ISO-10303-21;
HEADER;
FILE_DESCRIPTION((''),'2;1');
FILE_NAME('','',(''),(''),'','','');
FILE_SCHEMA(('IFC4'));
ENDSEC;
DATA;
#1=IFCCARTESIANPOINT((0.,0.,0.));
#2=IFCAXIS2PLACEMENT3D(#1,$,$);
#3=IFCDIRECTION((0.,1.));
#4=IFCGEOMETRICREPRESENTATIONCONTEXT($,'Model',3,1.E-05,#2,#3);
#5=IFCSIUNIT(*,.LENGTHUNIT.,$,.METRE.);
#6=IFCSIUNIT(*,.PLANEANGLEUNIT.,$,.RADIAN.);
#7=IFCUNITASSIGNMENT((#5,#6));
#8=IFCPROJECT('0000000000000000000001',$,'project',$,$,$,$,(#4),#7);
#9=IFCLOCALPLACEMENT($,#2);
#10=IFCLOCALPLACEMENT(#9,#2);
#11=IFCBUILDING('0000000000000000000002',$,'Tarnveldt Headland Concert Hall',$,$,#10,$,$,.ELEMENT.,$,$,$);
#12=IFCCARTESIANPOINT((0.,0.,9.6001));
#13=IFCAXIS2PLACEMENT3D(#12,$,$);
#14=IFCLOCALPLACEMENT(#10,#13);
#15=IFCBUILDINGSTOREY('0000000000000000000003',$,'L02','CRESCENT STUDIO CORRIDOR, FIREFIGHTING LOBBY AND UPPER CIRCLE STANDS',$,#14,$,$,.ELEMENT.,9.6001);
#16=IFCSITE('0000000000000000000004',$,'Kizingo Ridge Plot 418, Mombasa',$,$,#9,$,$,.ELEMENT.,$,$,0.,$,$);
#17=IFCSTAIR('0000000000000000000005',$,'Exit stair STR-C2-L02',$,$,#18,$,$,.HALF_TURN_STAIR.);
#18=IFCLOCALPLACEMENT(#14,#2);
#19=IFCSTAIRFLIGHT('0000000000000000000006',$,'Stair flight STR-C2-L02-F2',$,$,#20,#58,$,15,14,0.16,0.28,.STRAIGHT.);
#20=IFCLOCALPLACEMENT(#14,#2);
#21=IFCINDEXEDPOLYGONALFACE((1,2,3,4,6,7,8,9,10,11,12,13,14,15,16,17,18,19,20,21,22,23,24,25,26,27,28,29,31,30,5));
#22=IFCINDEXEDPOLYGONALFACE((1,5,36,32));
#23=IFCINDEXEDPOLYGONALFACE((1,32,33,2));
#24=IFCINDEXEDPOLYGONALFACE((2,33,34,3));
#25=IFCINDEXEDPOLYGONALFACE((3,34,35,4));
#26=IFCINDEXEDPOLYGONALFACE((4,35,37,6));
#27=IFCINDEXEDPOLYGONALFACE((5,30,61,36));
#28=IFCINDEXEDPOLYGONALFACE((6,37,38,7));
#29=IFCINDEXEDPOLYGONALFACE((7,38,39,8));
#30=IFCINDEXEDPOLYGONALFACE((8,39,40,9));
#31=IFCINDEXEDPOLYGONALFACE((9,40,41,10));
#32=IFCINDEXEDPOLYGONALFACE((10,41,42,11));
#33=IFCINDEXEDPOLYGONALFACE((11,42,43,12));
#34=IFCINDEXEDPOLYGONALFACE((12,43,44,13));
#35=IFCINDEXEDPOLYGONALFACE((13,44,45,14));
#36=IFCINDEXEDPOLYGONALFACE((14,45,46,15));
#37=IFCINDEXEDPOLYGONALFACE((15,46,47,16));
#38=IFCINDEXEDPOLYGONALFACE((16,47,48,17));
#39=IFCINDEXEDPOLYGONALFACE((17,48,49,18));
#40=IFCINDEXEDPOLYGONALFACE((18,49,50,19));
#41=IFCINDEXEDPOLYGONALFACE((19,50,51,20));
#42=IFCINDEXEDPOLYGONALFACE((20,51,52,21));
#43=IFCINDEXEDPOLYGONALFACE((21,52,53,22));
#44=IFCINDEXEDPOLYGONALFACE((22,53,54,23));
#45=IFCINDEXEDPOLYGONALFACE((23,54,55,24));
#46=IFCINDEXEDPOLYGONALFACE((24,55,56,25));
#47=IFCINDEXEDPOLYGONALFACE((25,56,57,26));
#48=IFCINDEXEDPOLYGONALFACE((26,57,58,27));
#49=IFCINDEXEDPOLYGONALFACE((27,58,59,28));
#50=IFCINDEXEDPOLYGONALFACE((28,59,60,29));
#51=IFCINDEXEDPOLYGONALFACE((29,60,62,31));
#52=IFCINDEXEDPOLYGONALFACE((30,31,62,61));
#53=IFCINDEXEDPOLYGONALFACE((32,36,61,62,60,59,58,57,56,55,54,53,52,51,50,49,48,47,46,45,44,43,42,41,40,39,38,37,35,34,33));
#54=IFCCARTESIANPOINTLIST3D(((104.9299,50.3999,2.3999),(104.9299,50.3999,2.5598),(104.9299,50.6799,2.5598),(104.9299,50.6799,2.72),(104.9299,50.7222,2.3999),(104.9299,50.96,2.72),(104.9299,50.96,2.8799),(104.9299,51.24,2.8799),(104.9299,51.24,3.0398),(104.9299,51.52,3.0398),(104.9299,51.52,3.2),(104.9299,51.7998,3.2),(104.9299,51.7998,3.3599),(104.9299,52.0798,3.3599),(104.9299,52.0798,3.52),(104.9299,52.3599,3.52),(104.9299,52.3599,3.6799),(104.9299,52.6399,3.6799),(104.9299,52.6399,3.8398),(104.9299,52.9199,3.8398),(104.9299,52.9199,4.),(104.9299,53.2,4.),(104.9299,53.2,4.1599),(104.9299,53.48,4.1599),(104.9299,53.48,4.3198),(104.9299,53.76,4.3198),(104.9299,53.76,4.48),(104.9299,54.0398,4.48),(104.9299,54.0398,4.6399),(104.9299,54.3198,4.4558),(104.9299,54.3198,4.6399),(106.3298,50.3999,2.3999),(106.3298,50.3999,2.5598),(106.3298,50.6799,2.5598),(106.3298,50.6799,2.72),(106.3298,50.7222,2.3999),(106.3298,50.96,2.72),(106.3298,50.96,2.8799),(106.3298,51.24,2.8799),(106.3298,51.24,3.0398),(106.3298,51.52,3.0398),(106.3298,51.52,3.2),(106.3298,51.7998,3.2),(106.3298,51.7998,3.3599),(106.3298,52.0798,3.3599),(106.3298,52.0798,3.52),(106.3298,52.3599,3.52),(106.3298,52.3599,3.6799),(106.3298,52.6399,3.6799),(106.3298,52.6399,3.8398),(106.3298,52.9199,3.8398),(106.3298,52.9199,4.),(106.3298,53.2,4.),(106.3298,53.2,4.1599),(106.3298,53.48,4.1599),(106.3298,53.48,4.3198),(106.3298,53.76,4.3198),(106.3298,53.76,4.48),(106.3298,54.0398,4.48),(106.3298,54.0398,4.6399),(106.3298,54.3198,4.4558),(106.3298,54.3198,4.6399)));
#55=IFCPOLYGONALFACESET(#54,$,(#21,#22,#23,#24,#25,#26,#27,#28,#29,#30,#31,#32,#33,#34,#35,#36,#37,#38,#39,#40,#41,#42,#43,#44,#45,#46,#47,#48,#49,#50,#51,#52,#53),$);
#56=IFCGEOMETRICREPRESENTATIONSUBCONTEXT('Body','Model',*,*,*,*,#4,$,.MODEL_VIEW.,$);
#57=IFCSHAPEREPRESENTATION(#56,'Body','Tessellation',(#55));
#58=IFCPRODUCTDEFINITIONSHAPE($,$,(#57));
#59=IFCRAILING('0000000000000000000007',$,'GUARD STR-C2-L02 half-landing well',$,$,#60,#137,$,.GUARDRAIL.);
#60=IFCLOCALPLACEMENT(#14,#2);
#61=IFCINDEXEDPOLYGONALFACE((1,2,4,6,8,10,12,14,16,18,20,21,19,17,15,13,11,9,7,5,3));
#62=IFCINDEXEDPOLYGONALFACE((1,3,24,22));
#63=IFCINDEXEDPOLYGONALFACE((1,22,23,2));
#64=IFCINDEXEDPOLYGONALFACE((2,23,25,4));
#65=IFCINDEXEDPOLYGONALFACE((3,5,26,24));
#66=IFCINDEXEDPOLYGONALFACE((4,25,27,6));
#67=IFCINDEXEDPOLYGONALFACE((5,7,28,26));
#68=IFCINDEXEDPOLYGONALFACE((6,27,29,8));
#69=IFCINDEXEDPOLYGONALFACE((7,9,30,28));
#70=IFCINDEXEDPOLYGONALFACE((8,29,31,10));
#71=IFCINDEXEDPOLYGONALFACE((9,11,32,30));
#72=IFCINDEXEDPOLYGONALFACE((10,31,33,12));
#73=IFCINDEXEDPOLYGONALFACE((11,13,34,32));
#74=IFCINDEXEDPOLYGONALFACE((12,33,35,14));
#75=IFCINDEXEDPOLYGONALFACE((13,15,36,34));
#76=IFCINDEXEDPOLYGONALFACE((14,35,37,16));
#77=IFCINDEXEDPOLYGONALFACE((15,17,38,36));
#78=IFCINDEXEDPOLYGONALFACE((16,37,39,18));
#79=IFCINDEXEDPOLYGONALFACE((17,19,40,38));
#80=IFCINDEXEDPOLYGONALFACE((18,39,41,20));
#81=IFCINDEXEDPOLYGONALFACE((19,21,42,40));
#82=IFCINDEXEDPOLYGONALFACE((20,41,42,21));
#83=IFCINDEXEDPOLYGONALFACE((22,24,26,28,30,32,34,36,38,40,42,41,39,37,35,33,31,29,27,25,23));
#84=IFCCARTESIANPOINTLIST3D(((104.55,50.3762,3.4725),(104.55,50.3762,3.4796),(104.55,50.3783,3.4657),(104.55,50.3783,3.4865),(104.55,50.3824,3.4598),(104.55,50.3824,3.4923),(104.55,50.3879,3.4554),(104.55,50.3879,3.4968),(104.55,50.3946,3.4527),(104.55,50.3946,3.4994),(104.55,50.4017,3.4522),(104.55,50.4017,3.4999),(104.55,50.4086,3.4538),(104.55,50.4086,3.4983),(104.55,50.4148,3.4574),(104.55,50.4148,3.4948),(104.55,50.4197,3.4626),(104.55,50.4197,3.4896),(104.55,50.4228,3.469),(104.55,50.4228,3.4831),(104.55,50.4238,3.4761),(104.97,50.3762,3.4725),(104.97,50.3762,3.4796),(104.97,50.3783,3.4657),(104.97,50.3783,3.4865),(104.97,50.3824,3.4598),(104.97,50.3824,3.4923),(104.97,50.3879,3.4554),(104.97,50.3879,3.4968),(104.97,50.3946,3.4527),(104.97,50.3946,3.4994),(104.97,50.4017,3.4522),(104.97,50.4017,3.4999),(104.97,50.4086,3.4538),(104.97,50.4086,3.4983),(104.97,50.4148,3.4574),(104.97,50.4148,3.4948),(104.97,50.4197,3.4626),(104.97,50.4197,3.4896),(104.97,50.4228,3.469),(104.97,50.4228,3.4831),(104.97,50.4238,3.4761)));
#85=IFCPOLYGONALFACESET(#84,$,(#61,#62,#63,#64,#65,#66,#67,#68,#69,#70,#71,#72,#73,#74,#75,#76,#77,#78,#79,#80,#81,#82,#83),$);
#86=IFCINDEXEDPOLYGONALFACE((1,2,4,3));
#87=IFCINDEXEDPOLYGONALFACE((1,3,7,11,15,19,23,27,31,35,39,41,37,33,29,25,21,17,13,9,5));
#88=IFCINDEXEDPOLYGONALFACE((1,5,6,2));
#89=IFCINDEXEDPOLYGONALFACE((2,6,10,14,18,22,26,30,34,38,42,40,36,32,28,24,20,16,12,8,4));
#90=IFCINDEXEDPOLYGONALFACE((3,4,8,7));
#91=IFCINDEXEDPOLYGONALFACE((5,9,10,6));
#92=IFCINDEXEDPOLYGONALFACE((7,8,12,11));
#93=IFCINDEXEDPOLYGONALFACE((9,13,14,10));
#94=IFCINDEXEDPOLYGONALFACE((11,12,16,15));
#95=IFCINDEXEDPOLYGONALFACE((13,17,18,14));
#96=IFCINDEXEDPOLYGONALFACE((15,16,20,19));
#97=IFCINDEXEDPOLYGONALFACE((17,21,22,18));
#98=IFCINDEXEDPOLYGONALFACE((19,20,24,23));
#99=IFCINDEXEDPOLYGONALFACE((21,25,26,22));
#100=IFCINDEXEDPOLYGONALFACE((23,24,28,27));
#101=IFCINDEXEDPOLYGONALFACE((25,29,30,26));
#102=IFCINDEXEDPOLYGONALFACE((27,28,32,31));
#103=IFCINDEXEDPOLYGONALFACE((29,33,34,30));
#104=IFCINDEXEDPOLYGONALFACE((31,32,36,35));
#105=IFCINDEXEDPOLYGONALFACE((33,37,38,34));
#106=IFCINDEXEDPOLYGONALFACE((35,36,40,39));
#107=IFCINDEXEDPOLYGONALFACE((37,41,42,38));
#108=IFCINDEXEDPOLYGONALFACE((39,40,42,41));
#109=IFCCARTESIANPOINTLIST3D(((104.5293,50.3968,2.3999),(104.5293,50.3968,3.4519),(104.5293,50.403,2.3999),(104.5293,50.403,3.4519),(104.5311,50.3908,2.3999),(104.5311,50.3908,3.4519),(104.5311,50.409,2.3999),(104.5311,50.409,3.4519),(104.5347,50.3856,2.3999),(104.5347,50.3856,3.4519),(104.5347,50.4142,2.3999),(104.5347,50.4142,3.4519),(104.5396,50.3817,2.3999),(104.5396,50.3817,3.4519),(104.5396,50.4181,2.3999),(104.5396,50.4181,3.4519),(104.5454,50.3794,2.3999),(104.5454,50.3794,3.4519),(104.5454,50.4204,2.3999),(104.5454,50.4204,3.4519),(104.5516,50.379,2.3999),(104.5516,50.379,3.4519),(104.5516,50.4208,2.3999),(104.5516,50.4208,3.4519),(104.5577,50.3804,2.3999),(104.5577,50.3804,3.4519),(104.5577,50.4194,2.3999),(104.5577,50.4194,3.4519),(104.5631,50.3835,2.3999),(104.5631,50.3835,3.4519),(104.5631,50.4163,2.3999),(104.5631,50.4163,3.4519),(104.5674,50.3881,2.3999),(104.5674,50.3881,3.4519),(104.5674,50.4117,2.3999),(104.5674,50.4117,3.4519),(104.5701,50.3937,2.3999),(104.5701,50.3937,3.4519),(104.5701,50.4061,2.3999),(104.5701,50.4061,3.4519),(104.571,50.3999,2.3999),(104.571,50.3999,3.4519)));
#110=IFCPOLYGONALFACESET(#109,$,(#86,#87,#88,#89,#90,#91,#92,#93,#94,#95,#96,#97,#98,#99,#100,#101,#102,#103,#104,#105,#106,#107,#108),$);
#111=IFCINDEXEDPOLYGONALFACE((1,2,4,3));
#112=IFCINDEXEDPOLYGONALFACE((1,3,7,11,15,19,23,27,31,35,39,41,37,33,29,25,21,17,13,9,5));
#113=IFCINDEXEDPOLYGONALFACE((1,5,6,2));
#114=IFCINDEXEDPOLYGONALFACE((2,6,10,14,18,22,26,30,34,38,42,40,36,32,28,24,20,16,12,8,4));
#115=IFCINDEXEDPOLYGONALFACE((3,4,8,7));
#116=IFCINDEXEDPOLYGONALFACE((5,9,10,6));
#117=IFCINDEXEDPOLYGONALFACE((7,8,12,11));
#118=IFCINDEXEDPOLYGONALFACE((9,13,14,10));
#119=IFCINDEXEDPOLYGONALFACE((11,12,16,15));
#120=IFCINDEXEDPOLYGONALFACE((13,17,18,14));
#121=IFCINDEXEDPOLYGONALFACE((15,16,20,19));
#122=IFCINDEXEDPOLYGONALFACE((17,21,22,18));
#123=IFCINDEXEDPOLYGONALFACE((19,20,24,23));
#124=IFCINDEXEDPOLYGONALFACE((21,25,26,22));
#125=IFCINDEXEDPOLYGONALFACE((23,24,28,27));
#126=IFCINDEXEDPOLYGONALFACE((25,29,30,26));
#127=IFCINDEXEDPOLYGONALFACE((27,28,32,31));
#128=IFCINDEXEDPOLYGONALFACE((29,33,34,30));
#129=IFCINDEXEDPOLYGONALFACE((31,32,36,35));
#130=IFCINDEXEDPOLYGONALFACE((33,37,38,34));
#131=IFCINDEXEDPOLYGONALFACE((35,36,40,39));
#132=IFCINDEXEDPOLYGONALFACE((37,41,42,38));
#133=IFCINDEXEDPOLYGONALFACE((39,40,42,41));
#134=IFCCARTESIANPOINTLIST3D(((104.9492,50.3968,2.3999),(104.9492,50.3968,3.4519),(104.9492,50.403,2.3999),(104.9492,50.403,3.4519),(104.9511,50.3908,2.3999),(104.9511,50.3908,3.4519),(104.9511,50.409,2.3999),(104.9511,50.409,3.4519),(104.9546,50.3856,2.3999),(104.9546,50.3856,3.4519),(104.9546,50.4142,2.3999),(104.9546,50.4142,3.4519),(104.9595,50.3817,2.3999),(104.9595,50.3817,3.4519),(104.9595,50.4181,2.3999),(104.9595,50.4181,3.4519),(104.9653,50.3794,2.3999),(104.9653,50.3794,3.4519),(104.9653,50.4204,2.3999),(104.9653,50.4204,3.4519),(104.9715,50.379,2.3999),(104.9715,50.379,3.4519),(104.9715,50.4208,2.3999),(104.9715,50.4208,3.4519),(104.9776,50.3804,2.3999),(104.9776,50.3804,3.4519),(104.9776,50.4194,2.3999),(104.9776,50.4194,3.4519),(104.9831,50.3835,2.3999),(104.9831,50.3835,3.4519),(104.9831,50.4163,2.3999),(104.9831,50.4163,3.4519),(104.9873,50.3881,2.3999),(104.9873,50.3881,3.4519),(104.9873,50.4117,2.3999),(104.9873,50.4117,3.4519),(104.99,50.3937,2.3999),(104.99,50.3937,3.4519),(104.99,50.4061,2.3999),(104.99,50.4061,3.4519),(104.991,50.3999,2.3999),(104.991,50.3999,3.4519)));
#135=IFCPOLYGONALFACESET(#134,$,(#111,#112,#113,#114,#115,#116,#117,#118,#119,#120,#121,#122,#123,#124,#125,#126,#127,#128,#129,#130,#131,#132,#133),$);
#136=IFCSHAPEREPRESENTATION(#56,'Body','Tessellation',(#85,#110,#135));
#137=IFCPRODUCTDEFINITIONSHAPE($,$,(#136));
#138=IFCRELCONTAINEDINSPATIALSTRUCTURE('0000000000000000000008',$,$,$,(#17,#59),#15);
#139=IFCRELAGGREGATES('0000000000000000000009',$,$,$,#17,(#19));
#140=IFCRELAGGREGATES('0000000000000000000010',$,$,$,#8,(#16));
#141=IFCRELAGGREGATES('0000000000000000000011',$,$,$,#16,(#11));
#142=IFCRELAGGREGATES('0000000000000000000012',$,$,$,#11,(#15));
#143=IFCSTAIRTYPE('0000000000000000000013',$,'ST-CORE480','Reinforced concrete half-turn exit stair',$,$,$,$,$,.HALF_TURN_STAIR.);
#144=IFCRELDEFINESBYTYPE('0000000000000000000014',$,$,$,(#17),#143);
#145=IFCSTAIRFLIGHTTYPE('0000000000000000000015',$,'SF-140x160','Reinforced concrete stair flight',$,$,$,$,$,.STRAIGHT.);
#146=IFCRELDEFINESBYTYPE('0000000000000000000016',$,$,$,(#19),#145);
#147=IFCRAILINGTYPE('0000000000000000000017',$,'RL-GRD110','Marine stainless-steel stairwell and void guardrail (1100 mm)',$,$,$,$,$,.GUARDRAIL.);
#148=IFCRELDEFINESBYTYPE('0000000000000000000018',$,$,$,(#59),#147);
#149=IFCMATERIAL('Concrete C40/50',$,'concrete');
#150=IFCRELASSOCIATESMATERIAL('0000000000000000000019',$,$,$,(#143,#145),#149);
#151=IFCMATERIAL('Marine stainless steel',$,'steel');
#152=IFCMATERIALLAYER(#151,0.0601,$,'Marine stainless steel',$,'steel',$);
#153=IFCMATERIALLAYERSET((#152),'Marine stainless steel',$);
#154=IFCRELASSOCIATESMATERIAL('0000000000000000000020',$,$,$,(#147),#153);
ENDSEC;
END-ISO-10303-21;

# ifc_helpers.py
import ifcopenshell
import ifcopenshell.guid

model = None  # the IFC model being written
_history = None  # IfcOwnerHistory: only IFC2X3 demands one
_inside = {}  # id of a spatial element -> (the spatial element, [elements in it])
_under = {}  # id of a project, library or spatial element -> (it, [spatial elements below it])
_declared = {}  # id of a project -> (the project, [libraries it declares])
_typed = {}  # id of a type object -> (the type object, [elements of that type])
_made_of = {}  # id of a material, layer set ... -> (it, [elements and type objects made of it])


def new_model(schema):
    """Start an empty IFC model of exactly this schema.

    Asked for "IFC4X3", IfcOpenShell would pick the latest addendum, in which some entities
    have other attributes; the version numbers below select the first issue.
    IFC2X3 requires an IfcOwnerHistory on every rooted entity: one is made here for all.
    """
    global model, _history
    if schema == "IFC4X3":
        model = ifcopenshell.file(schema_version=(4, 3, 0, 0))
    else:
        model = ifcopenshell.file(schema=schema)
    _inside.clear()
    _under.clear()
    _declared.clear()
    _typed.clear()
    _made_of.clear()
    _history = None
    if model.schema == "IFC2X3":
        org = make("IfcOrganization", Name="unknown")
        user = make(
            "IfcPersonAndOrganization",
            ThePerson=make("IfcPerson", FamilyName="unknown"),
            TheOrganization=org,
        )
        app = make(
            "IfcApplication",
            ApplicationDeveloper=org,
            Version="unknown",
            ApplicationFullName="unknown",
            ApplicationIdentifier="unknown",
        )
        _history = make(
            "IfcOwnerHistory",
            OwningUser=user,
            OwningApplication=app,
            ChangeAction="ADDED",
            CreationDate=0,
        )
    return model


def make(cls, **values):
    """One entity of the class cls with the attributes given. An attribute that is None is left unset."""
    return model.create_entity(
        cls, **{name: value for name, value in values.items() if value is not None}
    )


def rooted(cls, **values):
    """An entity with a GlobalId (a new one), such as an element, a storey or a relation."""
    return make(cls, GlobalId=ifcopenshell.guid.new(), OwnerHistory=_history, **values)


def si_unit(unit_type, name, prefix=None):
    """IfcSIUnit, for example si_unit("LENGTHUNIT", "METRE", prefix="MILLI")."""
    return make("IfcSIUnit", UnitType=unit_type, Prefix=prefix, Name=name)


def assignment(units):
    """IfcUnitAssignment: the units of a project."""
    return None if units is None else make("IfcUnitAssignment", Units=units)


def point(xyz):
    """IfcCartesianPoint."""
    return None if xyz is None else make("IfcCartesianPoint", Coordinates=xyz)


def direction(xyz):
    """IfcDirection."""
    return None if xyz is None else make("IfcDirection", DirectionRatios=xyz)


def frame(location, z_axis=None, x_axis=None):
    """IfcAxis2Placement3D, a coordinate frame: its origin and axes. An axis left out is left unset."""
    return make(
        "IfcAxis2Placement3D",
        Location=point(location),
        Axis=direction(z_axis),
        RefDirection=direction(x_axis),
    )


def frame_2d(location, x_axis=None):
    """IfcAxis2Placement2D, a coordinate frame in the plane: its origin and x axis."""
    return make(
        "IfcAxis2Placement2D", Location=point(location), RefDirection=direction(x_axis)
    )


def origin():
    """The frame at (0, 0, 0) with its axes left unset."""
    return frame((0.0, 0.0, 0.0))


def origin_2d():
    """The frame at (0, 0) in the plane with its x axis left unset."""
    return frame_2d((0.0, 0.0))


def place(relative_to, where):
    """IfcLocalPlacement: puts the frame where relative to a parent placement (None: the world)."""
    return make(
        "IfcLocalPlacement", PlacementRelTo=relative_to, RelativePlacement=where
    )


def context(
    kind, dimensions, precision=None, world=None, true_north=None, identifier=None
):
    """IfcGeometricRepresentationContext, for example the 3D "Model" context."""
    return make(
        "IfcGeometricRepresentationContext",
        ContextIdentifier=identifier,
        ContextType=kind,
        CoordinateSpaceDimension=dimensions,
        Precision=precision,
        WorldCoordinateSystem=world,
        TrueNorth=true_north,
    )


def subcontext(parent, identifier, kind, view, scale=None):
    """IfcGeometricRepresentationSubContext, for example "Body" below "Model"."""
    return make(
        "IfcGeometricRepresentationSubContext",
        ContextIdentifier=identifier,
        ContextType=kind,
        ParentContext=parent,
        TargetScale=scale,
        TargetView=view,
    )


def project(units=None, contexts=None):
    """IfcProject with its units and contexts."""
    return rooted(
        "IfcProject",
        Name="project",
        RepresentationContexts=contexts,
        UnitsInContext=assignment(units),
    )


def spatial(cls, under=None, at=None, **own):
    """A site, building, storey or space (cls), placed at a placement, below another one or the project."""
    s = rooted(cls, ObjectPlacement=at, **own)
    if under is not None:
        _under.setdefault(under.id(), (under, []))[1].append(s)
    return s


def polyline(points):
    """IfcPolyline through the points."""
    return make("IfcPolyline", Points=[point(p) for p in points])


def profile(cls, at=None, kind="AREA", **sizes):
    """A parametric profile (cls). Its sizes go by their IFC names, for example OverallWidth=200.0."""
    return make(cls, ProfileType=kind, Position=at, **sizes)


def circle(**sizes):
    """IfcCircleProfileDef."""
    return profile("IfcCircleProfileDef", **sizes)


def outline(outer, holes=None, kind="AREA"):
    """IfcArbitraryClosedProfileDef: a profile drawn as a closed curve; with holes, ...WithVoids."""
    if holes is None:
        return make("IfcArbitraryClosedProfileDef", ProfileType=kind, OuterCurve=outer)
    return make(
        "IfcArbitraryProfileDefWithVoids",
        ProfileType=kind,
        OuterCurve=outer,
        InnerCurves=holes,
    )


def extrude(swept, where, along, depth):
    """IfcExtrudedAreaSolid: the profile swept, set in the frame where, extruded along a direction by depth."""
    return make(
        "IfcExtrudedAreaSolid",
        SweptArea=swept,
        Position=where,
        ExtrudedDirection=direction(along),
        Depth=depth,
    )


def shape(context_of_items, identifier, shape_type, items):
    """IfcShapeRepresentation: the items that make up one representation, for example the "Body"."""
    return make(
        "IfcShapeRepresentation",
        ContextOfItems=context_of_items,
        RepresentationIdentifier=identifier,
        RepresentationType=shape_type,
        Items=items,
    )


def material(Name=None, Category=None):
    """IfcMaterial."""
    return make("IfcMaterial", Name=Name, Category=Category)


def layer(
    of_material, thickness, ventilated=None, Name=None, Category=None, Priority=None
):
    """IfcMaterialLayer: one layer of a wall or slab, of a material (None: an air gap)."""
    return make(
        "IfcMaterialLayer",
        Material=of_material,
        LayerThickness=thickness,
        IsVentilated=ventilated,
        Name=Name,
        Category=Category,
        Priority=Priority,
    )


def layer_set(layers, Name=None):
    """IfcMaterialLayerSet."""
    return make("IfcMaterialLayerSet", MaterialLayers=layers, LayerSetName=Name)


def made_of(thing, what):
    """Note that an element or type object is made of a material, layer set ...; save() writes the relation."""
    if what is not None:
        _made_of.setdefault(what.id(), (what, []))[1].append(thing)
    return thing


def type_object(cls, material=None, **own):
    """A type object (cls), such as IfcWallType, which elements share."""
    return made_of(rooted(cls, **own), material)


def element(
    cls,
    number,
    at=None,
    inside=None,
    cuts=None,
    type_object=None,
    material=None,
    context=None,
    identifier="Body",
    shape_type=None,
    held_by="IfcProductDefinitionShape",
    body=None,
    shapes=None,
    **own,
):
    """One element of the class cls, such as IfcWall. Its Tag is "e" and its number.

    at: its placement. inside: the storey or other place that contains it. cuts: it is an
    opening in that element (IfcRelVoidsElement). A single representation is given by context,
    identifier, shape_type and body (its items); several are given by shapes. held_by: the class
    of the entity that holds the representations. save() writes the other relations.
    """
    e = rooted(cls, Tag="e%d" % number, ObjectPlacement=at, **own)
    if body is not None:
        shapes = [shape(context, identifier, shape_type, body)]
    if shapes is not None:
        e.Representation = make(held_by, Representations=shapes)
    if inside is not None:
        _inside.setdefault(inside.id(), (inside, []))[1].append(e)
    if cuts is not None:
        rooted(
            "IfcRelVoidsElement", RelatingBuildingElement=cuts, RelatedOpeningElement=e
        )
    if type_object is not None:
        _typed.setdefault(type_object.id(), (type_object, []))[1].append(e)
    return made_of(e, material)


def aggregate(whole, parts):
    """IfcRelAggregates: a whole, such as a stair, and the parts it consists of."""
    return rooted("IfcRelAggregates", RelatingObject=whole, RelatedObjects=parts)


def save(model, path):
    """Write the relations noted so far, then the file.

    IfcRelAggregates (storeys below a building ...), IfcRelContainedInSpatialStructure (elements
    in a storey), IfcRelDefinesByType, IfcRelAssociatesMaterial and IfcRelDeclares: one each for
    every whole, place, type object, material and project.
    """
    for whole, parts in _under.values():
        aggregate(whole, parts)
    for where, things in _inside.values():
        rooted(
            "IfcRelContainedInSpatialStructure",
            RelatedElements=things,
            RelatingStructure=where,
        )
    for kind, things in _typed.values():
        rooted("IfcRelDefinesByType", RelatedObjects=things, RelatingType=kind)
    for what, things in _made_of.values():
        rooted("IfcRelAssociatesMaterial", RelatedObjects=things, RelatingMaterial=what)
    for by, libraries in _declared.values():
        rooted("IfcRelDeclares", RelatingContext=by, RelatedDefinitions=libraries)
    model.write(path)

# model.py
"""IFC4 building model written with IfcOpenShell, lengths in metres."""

from ifc_helpers import new_model, si_unit, direction, frame, origin, origin_2d, place, context, subcontext, project, spatial, polyline, circle, outline, extrude, material, layer, layer_set, type_object, element, aggregate, save


model = new_model("IFC4")

# Units and contexts
model_context = context("Model", 3, precision=1e-05, world=origin(), true_north=direction((0.0, 1.0)))
body_context = subcontext(model_context, "Body", "Model", "MODEL_VIEW")
ifc_project = project(units=[si_unit("LENGTHUNIT", "METRE"), si_unit("PLANEANGLEUNIT", "RADIAN")], contexts=[model_context])

# Site, building, storey
site_placement = place(None, origin())
site = spatial("IfcSite", under=ifc_project, at=site_placement, Name="Kizingo Ridge Plot 418, Mombasa", CompositionType="ELEMENT", RefElevation=0.0)
building_placement = place(site_placement, origin())
building = spatial("IfcBuilding", under=site, at=building_placement, Name="Tarnveldt Headland Concert Hall", CompositionType="ELEMENT")
storey_placement = place(building_placement, frame((0.0, 0.0, 9.6001)))
storey = spatial("IfcBuildingStorey", under=building, at=storey_placement, Name="L02", Description="CRESCENT STUDIO CORRIDOR, FIREFIGHTING LOBBY AND UPPER CIRCLE STANDS", CompositionType="ELEMENT", Elevation=9.6001)

# Shared definitions
ifc_material_1 = material(Name="Concrete C40/50", Category="concrete")

# Stair, stair flight
stair_type = type_object("IfcStairType", Name="ST-CORE480", Description="Reinforced concrete half-turn exit stair", PredefinedType="HALF_TURN_STAIR", material=ifc_material_1)
stair_placement = place(storey_placement, origin())
stair = element("IfcStair", 1, at=stair_placement, inside=storey, type_object=stair_type, Name="Exit stair STR-C2-L02", PredefinedType="HALF_TURN_STAIR")
stair_flight_type = type_object("IfcStairFlightType", Name="SF-140x160", Description="Reinforced concrete stair flight", PredefinedType="STRAIGHT", material=ifc_material_1)
stair_flight_1_placement = place(storey_placement, frame((105.6299, 50.3999, 2.3999), z_axis=(0.0, 0.0, 1.0), x_axis=(0.0, 1.0, 0.0)))
stair_flight_1 = element("IfcStairFlight", 2, at=stair_flight_1_placement, type_object=stair_flight_type, Name="Stair flight STR-C2-L02-F2", NumberOfRisers=15, NumberOfTreads=14, PredefinedType="STRAIGHT", RiserHeight=0.16, TreadLength=0.28, context=body_context, shape_type="SweptSolid", body=[
    extrude(outline(polyline([(0.0, 0.0), (0.0, 0.1599), (0.28, 0.1599), (0.28, 0.3201), (0.5601, 0.3201), (0.5601, 0.48), (0.8401, 0.48), (0.8401, 0.6399), (1.1201, 0.6399), (1.1201, 0.8), (1.3999, 0.8), (1.3999, 0.96), (1.6799, 0.96), (1.6799, 1.1201), (1.96, 1.1201), (1.96, 1.28), (2.24, 1.28), (2.24, 1.4399), (2.52, 1.4399), (2.52, 1.6001), (2.8, 1.6001), (2.8, 1.76), (3.0801, 1.76), (3.0801, 1.9199), (3.3601, 1.9199), (3.3601, 2.0801), (3.6399, 2.0801), (3.6399, 2.24), (3.9199, 2.24), (3.9199, 2.3999), (3.9199, 2.0559), (0.3223, 0.0), (0.0, 0.0)])), frame((0.0, 0.7, 0.0), z_axis=(0.0, -1.0, 0.0), x_axis=(1.0, 0.0, 0.0)), (0.0, 0.0, 1.0), 1.3999),
])
aggregate(stair, [stair_flight_1])

# Railing
ifc_material_2 = material(Name="Marine stainless steel", Category="steel")
ifc_layer_1 = layer(ifc_material_2, 0.0601, Name="Marine stainless steel", Category="steel")
ifc_layer_set_1 = layer_set([ifc_layer_1], Name="Marine stainless steel")
railing_type_1 = type_object("IfcRailingType", Name="RL-GRD110", Description="Marine stainless-steel stairwell and void guardrail (1100 mm)", PredefinedType="GUARDRAIL", material=ifc_layer_set_1)
railing_1_placement = place(storey_placement, frame((104.55, 50.3999, 2.3999)))
element("IfcRailing", 3, at=railing_1_placement, inside=storey, type_object=railing_type_1, Name="GUARD STR-C2-L02 half-landing well", PredefinedType="GUARDRAIL", context=body_context, shape_type="SweptSolid", body=[
    extrude(circle(Radius=0.0239, at=origin_2d()), frame((0.0, 0.0, 1.0762), z_axis=(1.0, 0.0, 0.0), x_axis=(0.0, 1.0, 0.0)), (0.0, 0.0, 1.0), 0.4199),
    extrude(circle(Radius=0.021, at=origin_2d()), origin(), (0.0, 0.0, 1.0), 1.052),
    extrude(circle(Radius=0.021, at=origin_2d()), frame((0.4199, 0.0, 0.0)), (0.0, 0.0, 1.0), 1.052),
])

save(model, "model.ifc")
